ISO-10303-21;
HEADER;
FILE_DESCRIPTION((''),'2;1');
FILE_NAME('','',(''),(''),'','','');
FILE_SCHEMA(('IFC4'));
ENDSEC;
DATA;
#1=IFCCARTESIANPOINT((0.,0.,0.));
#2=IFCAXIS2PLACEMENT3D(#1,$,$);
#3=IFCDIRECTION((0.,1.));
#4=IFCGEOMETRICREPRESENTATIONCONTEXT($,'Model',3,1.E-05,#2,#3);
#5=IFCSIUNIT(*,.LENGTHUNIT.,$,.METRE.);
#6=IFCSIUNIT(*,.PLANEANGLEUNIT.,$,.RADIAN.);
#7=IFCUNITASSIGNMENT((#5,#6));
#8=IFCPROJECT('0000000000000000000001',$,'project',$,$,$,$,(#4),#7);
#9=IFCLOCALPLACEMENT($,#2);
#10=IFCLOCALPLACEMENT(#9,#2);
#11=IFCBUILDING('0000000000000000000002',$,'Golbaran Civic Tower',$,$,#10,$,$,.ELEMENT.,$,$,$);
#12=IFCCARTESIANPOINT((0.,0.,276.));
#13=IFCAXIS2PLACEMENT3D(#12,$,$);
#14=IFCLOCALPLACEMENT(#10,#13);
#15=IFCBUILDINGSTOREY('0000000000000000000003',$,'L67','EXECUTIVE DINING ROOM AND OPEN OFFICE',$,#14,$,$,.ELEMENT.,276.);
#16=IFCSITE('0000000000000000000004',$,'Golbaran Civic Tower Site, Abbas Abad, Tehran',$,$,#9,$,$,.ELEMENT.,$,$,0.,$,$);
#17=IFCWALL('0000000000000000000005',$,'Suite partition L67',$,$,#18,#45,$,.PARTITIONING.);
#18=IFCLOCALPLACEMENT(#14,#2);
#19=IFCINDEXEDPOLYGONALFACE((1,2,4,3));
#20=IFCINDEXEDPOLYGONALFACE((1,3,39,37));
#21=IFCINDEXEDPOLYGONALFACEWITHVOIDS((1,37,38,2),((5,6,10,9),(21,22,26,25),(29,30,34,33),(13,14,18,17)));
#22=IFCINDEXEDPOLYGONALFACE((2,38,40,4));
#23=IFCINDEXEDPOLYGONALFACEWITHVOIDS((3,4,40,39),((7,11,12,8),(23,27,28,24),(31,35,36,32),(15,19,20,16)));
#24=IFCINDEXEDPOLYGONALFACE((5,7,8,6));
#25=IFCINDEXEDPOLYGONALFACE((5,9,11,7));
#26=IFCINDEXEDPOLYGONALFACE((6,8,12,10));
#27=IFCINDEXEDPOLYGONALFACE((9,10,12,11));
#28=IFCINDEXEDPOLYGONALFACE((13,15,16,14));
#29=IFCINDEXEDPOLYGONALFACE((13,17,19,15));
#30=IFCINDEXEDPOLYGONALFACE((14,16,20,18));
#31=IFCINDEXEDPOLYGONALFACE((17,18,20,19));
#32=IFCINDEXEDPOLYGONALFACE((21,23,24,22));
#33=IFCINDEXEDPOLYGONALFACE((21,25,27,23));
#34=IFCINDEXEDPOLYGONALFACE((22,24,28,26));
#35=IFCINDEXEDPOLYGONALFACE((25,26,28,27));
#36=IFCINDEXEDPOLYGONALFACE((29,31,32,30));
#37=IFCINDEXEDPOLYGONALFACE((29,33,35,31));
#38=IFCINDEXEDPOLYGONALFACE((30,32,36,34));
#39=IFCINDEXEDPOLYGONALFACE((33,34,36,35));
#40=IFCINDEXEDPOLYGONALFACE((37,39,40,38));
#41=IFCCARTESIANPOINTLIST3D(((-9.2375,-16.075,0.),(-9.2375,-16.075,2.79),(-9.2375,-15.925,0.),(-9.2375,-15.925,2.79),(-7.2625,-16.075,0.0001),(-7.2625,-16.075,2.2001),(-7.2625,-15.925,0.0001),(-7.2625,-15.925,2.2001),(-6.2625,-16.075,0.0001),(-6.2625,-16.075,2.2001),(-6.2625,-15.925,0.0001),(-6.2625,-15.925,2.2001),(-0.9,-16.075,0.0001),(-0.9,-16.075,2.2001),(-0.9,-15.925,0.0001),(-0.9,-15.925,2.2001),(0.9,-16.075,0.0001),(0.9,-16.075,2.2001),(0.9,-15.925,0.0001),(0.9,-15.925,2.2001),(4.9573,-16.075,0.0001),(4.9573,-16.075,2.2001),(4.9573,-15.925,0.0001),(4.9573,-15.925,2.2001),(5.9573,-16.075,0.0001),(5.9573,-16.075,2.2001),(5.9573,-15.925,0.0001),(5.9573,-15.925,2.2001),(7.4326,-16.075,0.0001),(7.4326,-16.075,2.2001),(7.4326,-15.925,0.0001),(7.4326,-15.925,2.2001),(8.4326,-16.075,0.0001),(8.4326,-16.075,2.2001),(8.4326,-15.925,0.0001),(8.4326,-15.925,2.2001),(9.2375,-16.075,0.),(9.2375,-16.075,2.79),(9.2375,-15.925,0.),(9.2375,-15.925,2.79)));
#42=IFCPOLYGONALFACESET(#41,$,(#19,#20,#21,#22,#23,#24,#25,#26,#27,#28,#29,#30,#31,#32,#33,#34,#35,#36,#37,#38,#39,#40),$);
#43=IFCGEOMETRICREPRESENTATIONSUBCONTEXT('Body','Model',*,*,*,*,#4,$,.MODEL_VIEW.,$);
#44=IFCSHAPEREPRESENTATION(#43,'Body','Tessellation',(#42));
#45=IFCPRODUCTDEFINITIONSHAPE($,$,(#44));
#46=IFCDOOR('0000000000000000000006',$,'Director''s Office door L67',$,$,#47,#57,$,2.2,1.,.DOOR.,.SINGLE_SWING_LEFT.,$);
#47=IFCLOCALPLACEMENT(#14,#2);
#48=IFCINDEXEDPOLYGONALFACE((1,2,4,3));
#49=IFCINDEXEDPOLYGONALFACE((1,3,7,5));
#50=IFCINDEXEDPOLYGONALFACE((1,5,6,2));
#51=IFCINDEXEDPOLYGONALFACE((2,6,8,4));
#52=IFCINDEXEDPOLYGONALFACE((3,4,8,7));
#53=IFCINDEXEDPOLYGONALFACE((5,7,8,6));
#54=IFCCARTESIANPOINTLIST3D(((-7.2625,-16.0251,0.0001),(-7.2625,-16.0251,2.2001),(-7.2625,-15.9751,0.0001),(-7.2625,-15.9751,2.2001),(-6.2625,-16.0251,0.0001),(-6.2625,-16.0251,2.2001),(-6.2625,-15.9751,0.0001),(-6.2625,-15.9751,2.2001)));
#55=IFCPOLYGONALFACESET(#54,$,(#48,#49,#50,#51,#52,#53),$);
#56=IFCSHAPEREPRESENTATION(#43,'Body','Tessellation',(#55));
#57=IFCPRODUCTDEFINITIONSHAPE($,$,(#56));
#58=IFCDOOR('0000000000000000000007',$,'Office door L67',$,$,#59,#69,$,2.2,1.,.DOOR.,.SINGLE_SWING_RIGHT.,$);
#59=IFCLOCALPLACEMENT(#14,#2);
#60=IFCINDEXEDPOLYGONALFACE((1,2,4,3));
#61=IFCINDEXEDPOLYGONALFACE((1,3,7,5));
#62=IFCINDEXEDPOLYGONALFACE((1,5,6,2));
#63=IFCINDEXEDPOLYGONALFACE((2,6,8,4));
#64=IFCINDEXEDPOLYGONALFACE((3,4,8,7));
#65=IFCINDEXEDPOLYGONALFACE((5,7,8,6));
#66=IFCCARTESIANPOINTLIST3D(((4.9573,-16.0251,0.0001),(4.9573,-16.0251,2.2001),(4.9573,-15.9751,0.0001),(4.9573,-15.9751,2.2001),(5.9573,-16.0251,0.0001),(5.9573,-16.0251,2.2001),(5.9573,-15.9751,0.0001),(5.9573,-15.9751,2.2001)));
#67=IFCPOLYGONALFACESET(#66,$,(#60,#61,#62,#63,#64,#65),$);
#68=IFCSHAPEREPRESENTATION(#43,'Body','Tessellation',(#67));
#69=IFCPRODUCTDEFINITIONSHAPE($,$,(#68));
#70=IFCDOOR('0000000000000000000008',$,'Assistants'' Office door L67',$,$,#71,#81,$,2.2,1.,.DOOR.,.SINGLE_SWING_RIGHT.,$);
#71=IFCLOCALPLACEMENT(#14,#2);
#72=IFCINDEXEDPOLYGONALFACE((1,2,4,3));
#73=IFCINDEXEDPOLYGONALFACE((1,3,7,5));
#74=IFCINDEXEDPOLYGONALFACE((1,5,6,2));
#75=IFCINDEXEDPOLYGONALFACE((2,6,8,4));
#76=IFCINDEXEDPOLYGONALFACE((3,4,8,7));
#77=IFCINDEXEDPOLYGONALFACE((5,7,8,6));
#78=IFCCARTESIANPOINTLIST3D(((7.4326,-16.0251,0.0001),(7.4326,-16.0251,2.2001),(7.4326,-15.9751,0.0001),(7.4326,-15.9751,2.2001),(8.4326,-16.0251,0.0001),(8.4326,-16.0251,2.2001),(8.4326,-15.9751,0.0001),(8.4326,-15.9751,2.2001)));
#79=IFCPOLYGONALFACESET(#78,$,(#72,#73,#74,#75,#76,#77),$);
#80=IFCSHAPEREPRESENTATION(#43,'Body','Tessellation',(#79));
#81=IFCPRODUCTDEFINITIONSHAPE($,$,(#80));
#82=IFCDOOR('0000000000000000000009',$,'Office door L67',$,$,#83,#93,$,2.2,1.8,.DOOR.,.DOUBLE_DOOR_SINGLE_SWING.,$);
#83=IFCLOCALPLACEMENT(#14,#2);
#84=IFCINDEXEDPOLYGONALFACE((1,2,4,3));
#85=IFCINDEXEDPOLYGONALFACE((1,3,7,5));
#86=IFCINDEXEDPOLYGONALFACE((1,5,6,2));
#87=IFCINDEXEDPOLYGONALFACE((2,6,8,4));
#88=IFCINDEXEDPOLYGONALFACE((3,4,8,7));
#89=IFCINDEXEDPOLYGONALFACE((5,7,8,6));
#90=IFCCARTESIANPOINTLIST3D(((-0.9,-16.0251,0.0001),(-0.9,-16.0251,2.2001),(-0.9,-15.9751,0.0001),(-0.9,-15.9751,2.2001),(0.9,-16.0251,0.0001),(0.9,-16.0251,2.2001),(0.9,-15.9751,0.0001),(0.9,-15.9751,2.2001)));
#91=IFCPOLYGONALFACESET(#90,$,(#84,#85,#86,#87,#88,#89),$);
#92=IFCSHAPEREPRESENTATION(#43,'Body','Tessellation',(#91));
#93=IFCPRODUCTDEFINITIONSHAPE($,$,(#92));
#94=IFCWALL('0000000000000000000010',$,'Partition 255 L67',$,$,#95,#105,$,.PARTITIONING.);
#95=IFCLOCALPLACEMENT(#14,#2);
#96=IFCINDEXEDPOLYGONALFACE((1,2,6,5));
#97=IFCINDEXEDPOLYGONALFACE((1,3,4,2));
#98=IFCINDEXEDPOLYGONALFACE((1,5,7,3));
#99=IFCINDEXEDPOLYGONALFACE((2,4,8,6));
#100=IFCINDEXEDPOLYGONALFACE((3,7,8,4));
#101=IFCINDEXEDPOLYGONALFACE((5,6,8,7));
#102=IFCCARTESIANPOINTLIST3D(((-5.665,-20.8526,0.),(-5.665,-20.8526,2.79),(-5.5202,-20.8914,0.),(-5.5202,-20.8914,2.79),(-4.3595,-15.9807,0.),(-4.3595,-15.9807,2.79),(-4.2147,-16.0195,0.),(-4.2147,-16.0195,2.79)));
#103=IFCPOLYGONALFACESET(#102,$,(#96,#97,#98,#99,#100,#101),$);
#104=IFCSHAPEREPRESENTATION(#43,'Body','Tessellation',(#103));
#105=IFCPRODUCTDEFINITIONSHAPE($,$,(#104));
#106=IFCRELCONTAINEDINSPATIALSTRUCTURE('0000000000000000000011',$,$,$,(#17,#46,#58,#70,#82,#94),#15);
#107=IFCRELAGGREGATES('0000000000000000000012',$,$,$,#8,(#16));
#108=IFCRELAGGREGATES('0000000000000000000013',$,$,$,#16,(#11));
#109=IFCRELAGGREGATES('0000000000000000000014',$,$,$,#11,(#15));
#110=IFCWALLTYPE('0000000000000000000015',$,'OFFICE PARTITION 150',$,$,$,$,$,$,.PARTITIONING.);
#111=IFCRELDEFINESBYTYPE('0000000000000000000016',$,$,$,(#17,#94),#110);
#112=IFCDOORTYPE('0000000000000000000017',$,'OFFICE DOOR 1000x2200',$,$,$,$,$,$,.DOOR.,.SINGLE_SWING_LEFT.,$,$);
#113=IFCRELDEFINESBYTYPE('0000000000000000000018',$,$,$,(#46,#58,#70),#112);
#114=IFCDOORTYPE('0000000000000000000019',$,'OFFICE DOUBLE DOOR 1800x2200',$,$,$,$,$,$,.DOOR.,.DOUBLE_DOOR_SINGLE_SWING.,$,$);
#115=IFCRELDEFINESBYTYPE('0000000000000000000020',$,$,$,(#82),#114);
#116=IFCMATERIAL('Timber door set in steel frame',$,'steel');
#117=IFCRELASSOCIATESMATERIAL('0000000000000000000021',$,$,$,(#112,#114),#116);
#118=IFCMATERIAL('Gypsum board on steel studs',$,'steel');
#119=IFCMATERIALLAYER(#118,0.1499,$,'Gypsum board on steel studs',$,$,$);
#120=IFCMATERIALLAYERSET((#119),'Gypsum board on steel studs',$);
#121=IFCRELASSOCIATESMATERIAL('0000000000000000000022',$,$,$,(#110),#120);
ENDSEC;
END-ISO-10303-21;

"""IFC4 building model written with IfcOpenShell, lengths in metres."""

from ifc_helpers import new_model, si_unit, direction, frame, frame_2d, origin, place, context, subcontext, project, spatial, rectangle, extrude, material, layer, layer_set, type_object, element, fill, save


model = new_model("IFC4")

# Units and contexts
model_context = context("Model", 3, precision=1e-05, world=origin(), true_north=direction((0.0, 1.0)))
body_context = subcontext(model_context, "Body", "Model", "MODEL_VIEW")
ifc_project = project(units=[si_unit("LENGTHUNIT", "METRE"), si_unit("PLANEANGLEUNIT", "RADIAN")], contexts=[model_context])

# Site, building, storey
site_placement = place(None, origin())
site = spatial("IfcSite", under=ifc_project, at=site_placement, Name="Golbaran Civic Tower Site, Abbas Abad, Tehran", CompositionType="ELEMENT", RefElevation=0.0)
building_placement = place(site_placement, origin())
building = spatial("IfcBuilding", under=site, at=building_placement, Name="Golbaran Civic Tower", CompositionType="ELEMENT")
storey_placement = place(building_placement, frame((0.0, 0.0, 276.0)))
storey = spatial("IfcBuildingStorey", under=building, at=storey_placement, Name="L67", Description="EXECUTIVE DINING ROOM AND OPEN OFFICE", CompositionType="ELEMENT", Elevation=276.0)

# Shared definitions
ifc_material_1 = material(Name="Timber door set in steel frame", Category="steel")
door_type_1 = type_object("IfcDoorType", Name="OFFICE DOOR 1000x2200", OperationType="SINGLE_SWING_LEFT", PredefinedType="DOOR", material=ifc_material_1)
door_type_2 = type_object("IfcDoorType", Name="OFFICE DOUBLE DOOR 1800x2200", OperationType="DOUBLE_DOOR_SINGLE_SWING", PredefinedType="DOOR", material=ifc_material_1)

# Shared definitions
ifc_material_2 = material(Name="Gypsum board on steel studs", Category="steel")
ifc_layer_1 = layer(ifc_material_2, 0.1499, Name="Gypsum board on steel studs")
ifc_layer_set_1 = layer_set([ifc_layer_1], Name="Gypsum board on steel studs")
wall_type_1 = type_object("IfcWallType", Name="OFFICE PARTITION 150", PredefinedType="PARTITIONING", material=ifc_layer_set_1)

# Wall, openings, doors
wall_1_placement = place(storey_placement, frame((-9.2375, -16.0, 0.0), z_axis=(0.0, 0.0, 1.0), x_axis=(1.0, 0.0, 0.0)))
wall_1 = element("IfcWall", 1, at=wall_1_placement, inside=storey, type_object=wall_type_1, Name="Suite partition L67", PredefinedType="PARTITIONING", context=body_context, shape_type="SweptSolid", body=[
    extrude(rectangle(XDim=18.4751, YDim=0.1499, at=frame_2d((9.2375, 0.0))), origin(), (0.0, 0.0, 1.0), 2.79),
])
opening_1_placement = place(wall_1_placement, frame((1.9751, 0.0, 0.0)))
opening_1 = element("IfcOpeningElement", 2, at=opening_1_placement, cuts=wall_1, PredefinedType="OPENING", context=body_context, shape_type="SweptSolid", body=[
    extrude(rectangle(XDim=1.0, YDim=2.2, at=frame_2d((0.5, 1.1001))), frame((0.0, 0.085, 0.0), z_axis=(0.0, -1.0, 0.0), x_axis=(1.0, 0.0, 0.0)), (0.0, 0.0, 1.0), 0.1699),
])
opening_2_placement = place(wall_1_placement, frame((8.3376, 0.0, 0.0)))
opening_2 = element("IfcOpeningElement", 3, at=opening_2_placement, cuts=wall_1, PredefinedType="OPENING", context=body_context, shape_type="SweptSolid", body=[
    extrude(rectangle(XDim=1.8, YDim=2.2, at=frame_2d((0.8999, 1.1001))), frame((0.0, 0.085, 0.0), z_axis=(0.0, -1.0, 0.0), x_axis=(1.0, 0.0, 0.0)), (0.0, 0.0, 1.0), 0.1699),
])
opening_3_placement = place(wall_1_placement, frame((14.1948, 0.0, 0.0)))
opening_3 = element("IfcOpeningElement", 4, at=opening_3_placement, cuts=wall_1, PredefinedType="OPENING", context=body_context, shape_type="SweptSolid", body=[
    extrude(rectangle(XDim=1.0, YDim=2.2, at=frame_2d((0.5, 1.1001))), frame((0.0, 0.085, 0.0), z_axis=(0.0, -1.0, 0.0), x_axis=(1.0, 0.0, 0.0)), (0.0, 0.0, 1.0), 0.1699),
])
opening_4_placement = place(wall_1_placement, frame((16.6702, 0.0, 0.0)))
opening_4 = element("IfcOpeningElement", 5, at=opening_4_placement, cuts=wall_1, PredefinedType="OPENING", context=body_context, shape_type="SweptSolid", body=[
    extrude(rectangle(XDim=1.0, YDim=2.2, at=frame_2d((0.5, 1.1001))), frame((0.0, 0.085, 0.0), z_axis=(0.0, -1.0, 0.0), x_axis=(1.0, 0.0, 0.0)), (0.0, 0.0, 1.0), 0.1699),
])
door_1_placement = place(opening_1_placement, origin())
door_1 = element("IfcDoor", 6, at=door_1_placement, inside=storey, type_object=door_type_1, Name="Director's Office door L67", OperationType="SINGLE_SWING_LEFT", OverallHeight=2.2, OverallWidth=1.0, PredefinedType="DOOR", context=body_context, shape_type="SweptSolid", body=[
    extrude(rectangle(XDim=1.0, YDim=2.2, at=frame_2d((0.5, 1.1001))), frame((0.0, 0.0249, 0.0), z_axis=(0.0, -1.0, 0.0), x_axis=(1.0, 0.0, 0.0)), (0.0, 0.0, 1.0), 0.05),
])
fill(opening_1, door_1)
door_2_placement = place(opening_3_placement, origin())
door_2 = element("IfcDoor", 7, at=door_2_placement, inside=storey, type_object=door_type_1, Name="Office door L67", OperationType="SINGLE_SWING_RIGHT", OverallHeight=2.2, OverallWidth=1.0, PredefinedType="DOOR", context=body_context, shape_type="SweptSolid", body=[
    extrude(rectangle(XDim=1.0, YDim=2.2, at=frame_2d((0.5, 1.1001))), frame((0.0, 0.0249, 0.0), z_axis=(0.0, -1.0, 0.0), x_axis=(1.0, 0.0, 0.0)), (0.0, 0.0, 1.0), 0.05),
])
fill(opening_3, door_2)
door_3_placement = place(opening_4_placement, origin())
door_3 = element("IfcDoor", 8, at=door_3_placement, inside=storey, type_object=door_type_1, Name="Assistants' Office door L67", OperationType="SINGLE_SWING_RIGHT", OverallHeight=2.2, OverallWidth=1.0, PredefinedType="DOOR", context=body_context, shape_type="SweptSolid", body=[
    extrude(rectangle(XDim=1.0, YDim=2.2, at=frame_2d((0.5, 1.1001))), frame((0.0, 0.0249, 0.0), z_axis=(0.0, -1.0, 0.0), x_axis=(1.0, 0.0, 0.0)), (0.0, 0.0, 1.0), 0.05),
])
fill(opening_4, door_3)
door_4_placement = place(opening_2_placement, origin())
door_4 = element("IfcDoor", 9, at=door_4_placement, inside=storey, type_object=door_type_2, Name="Office door L67", OperationType="DOUBLE_DOOR_SINGLE_SWING", OverallHeight=2.2, OverallWidth=1.8, PredefinedType="DOOR", context=body_context, shape_type="SweptSolid", body=[
    extrude(rectangle(XDim=1.8, YDim=2.2, at=frame_2d((0.8999, 1.1001))), frame((0.0, 0.0249, 0.0), z_axis=(0.0, -1.0, 0.0), x_axis=(1.0, 0.0, 0.0)), (0.0, 0.0, 1.0), 0.05),
])
fill(opening_2, door_4)

# Wall
wall_2_placement = place(storey_placement, frame((-4.2871, -16.0, 0.0), z_axis=(0.0, 0.0, 1.0), x_axis=(-0.258822, -0.965925, 0.0)))
element("IfcWall", 10, at=wall_2_placement, inside=storey, type_object=wall_type_1, Name="Partition 255 L67", PredefinedType="PARTITIONING", context=body_context, shape_type="SweptSolid", body=[
    extrude(rectangle(XDim=5.0437, YDim=0.1499, at=frame_2d((2.522, 0.0))), origin(), (0.0, 0.0, 1.0), 2.79),
])

save(model, "model.ifc")
